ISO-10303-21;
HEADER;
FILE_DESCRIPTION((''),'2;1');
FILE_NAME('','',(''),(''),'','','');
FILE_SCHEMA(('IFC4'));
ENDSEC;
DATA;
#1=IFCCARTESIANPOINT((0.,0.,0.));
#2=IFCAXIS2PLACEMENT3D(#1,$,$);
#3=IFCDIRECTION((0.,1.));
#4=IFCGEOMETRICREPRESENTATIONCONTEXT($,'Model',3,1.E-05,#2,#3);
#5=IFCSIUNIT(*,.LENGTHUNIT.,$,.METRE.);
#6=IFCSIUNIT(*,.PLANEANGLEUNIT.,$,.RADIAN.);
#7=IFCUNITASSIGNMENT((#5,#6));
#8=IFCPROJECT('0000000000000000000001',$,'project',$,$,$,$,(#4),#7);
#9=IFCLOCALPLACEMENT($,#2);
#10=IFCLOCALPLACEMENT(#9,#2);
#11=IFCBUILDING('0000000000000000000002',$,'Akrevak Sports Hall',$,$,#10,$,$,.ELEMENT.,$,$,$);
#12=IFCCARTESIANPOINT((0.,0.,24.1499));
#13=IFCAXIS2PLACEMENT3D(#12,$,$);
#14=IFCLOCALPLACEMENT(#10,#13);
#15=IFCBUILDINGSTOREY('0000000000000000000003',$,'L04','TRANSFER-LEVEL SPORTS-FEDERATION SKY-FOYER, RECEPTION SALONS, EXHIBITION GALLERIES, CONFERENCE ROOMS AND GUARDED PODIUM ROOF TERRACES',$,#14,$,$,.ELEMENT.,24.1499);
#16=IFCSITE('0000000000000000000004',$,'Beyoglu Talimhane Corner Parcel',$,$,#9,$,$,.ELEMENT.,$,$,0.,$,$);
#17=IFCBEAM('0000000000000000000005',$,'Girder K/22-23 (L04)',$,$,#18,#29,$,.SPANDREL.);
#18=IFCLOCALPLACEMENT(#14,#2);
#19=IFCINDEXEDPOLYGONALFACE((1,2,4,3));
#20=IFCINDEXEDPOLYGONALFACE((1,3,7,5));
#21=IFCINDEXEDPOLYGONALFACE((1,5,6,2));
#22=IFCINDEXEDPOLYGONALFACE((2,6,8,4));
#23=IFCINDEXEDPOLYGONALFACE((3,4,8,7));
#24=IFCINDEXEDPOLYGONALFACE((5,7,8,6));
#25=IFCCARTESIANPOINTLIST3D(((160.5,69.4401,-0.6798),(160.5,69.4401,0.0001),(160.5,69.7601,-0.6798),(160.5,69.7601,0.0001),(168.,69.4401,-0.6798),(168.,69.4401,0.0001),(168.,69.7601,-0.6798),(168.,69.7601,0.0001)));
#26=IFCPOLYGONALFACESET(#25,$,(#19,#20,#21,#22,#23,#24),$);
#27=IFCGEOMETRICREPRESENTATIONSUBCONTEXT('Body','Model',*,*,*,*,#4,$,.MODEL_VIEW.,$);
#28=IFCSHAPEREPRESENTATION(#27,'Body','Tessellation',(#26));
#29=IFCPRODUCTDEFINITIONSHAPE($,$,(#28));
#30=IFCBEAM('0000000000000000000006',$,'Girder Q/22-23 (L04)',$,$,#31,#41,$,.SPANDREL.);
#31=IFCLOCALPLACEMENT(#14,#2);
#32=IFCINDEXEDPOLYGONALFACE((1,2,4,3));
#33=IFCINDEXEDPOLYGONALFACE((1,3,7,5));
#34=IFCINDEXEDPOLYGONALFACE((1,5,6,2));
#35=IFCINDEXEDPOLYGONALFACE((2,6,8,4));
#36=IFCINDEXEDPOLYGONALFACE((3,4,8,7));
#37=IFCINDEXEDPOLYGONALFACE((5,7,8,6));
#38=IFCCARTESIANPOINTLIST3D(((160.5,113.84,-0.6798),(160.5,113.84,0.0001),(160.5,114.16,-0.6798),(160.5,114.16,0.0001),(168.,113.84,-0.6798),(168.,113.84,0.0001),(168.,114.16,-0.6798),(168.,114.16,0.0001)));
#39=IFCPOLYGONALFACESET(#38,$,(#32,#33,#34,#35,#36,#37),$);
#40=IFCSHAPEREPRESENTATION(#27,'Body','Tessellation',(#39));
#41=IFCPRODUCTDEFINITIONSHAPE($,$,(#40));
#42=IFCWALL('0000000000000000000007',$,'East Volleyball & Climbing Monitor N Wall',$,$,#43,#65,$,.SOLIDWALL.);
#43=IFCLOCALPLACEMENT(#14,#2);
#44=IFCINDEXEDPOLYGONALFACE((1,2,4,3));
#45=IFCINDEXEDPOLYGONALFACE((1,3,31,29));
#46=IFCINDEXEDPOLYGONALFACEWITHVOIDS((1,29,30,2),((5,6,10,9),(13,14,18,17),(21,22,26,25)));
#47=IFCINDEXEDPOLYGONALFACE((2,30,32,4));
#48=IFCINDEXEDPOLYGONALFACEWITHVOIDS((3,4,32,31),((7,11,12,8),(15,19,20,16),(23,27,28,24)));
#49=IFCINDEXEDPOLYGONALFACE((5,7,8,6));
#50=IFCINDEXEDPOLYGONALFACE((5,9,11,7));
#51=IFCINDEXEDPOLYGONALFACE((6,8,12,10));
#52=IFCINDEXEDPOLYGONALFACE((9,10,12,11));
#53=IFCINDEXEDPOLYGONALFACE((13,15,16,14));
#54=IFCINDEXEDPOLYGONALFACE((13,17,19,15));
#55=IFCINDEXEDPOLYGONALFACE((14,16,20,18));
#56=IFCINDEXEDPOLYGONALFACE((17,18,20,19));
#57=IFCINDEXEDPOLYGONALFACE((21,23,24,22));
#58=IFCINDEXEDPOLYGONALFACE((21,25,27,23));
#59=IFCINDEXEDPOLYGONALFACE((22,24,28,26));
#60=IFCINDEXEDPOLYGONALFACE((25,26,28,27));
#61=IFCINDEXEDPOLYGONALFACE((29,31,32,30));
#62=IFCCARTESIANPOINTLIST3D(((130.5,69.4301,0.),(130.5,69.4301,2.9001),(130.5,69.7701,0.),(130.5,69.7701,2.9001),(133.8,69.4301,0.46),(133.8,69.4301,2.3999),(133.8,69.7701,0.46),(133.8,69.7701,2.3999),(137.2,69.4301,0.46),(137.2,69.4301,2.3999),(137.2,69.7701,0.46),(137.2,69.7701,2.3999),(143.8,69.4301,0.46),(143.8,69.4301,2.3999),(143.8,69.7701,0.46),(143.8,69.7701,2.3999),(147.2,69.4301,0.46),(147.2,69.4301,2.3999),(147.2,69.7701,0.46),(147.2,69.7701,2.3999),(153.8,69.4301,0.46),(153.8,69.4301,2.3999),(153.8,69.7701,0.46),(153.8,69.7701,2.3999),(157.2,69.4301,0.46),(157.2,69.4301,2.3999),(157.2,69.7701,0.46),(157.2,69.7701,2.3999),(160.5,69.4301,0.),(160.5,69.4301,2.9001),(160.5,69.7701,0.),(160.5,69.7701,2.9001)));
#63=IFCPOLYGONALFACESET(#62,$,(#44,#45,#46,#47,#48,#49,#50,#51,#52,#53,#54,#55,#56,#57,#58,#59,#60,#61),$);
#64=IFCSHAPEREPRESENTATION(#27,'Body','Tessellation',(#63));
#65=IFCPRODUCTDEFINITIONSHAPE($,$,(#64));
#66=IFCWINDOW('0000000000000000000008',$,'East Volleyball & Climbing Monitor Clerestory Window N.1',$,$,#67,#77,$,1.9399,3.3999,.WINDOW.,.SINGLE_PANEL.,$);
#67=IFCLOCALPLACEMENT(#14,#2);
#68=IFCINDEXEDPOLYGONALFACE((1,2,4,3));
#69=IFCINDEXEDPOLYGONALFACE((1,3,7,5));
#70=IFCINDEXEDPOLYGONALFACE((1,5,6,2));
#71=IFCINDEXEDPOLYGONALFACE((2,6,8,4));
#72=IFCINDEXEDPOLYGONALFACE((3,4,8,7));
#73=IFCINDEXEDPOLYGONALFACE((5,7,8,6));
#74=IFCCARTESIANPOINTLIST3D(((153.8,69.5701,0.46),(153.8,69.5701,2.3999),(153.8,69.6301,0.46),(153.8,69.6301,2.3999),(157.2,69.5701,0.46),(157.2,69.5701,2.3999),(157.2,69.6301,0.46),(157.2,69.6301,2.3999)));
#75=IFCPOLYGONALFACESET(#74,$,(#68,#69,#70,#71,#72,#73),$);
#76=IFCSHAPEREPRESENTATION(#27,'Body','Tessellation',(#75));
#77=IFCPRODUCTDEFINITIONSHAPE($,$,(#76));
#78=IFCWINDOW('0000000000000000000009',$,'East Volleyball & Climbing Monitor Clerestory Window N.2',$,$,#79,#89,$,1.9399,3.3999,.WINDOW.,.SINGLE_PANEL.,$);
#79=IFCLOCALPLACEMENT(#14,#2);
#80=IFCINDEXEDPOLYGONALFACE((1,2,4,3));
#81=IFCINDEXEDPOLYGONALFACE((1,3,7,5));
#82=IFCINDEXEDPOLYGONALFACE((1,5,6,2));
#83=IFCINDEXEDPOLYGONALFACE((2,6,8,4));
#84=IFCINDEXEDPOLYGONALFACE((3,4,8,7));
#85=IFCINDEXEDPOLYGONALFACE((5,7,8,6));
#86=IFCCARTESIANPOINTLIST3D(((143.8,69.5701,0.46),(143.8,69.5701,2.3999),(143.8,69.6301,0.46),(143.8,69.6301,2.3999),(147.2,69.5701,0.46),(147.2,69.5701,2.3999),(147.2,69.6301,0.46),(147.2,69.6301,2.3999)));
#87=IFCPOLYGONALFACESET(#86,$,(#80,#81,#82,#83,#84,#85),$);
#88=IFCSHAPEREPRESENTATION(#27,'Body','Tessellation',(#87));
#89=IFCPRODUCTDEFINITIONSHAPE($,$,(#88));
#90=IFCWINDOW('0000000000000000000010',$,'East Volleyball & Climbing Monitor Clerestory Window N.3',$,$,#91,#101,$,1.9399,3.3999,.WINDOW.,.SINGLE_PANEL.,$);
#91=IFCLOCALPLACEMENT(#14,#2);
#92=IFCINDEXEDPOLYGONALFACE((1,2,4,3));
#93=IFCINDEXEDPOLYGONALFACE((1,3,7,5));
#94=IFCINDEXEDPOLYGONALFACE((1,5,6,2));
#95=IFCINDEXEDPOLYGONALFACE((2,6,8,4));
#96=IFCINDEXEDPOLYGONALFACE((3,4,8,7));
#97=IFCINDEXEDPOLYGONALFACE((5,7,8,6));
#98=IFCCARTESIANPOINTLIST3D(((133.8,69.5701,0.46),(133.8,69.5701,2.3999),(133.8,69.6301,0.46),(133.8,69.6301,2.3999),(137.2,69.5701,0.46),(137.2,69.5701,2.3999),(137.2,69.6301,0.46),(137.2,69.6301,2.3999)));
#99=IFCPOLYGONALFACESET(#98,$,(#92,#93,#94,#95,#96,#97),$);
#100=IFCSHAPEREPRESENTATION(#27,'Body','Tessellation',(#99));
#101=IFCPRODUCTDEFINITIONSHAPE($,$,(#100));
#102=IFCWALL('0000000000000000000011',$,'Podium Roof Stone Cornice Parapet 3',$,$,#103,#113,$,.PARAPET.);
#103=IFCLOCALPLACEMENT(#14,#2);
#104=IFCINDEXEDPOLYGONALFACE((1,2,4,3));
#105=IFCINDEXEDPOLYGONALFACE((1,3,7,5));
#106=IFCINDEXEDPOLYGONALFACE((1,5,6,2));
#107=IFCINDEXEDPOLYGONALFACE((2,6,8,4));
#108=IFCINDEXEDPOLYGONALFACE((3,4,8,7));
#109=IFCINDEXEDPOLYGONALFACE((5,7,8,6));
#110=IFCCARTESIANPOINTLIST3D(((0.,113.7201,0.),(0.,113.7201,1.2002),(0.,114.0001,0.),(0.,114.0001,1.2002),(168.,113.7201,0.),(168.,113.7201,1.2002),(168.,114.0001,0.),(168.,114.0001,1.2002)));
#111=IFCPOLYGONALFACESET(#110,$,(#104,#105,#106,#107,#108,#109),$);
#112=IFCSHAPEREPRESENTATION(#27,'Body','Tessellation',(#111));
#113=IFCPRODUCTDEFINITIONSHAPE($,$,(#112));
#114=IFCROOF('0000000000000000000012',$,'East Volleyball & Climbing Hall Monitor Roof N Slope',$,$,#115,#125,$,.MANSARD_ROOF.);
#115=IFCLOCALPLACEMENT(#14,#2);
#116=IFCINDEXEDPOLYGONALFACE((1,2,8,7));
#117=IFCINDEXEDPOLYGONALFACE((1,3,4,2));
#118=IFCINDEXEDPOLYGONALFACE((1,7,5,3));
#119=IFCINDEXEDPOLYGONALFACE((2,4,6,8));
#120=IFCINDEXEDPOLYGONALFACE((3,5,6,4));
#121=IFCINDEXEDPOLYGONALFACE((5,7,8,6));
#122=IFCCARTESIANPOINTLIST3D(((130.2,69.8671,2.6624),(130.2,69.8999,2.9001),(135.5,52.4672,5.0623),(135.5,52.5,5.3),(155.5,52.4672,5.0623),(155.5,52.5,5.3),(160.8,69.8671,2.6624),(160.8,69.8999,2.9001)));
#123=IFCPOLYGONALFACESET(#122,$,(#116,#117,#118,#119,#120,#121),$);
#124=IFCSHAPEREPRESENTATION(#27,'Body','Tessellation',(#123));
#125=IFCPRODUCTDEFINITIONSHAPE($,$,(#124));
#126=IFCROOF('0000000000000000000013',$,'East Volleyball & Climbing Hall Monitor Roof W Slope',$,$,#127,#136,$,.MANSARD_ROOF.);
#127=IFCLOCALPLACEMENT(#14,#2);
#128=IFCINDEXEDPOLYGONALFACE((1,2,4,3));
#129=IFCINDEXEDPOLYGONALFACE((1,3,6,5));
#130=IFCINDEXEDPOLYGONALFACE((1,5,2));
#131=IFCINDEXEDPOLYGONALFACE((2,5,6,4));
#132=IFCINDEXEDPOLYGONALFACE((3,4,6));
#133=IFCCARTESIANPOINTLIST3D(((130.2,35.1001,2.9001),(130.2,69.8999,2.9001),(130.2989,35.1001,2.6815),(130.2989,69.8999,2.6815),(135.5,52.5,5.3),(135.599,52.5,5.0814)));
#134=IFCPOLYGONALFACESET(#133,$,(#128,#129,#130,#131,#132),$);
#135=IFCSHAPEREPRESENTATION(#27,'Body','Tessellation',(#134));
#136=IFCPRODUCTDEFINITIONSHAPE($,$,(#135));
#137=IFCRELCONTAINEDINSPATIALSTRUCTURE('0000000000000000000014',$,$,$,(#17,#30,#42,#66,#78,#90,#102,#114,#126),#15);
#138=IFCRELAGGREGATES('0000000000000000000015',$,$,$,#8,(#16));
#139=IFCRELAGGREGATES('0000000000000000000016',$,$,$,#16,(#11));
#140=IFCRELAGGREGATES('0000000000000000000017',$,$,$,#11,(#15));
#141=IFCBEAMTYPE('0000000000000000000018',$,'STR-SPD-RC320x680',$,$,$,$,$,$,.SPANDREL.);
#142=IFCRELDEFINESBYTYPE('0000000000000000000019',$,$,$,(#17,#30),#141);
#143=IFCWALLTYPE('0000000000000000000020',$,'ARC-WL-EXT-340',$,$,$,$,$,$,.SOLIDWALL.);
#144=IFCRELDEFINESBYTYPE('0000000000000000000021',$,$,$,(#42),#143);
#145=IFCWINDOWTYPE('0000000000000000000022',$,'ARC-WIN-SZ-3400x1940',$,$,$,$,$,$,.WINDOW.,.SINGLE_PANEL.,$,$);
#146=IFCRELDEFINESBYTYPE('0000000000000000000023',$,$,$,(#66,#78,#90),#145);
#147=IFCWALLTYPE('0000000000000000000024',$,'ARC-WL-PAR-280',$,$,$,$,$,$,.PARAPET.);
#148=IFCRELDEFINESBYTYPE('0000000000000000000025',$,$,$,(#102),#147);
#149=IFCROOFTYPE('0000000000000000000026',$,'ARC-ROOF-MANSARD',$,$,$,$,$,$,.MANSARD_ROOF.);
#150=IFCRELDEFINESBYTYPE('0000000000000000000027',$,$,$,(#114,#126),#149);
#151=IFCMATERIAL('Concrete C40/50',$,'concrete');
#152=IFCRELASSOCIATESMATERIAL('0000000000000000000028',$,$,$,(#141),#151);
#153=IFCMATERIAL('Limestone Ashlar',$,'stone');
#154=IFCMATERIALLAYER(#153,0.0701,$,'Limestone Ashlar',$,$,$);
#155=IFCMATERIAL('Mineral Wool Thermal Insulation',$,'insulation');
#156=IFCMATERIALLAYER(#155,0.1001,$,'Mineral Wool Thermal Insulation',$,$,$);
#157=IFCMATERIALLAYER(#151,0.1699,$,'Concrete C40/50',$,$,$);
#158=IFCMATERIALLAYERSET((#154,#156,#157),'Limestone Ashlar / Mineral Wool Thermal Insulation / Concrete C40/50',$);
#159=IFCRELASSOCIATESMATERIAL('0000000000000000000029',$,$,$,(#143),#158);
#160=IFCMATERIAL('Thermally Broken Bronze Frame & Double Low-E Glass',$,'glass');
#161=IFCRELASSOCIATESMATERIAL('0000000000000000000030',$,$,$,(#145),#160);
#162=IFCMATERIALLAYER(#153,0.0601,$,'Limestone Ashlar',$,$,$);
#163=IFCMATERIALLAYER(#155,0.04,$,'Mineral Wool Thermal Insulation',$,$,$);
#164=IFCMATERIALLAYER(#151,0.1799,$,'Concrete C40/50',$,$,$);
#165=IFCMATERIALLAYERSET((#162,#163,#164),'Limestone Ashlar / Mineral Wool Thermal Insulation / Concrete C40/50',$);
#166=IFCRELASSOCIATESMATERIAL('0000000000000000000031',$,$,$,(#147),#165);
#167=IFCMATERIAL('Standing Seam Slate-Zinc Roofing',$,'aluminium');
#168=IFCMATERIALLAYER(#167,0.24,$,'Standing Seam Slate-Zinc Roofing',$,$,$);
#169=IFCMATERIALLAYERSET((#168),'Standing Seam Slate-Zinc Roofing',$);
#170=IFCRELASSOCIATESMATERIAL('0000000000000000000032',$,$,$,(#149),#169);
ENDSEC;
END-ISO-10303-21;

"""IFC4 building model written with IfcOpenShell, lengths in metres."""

from ifc_helpers import new_model, si_unit, direction, frame, frame_2d, origin, origin_2d, place, context, subcontext, project, spatial, polyline, rectangle, outline, extrude, material, layer, layer_set, material_profile, profile_set, type_object, element, fill, save


model = new_model("IFC4")

# Units and contexts
model_context = context("Model", 3, precision=1e-05, world=origin(), true_north=direction((0.0, 1.0)))
body_context = subcontext(model_context, "Body", "Model", "MODEL_VIEW")
ifc_project = project(units=[si_unit("LENGTHUNIT", "METRE"), si_unit("PLANEANGLEUNIT", "RADIAN")], contexts=[model_context])

# Site, building, storey
site_placement = place(None, origin())
site = spatial("IfcSite", under=ifc_project, at=site_placement, Name="Beyoglu Talimhane Corner Parcel", CompositionType="ELEMENT", RefElevation=0.0)
building_placement = place(site_placement, origin())
building = spatial("IfcBuilding", under=site, at=building_placement, Name="Akrevak Sports Hall", CompositionType="ELEMENT")
storey_placement = place(building_placement, frame((0.0, 0.0, 24.1499)))
storey = spatial("IfcBuildingStorey", under=building, at=storey_placement, Name="L04", Description="TRANSFER-LEVEL SPORTS-FEDERATION SKY-FOYER, RECEPTION SALONS, EXHIBITION GALLERIES, CONFERENCE ROOMS AND GUARDED PODIUM ROOF TERRACES", CompositionType="ELEMENT", Elevation=24.1499)

# Beams
ifc_material_1 = material(Name="Concrete C40/50", Category="concrete")
ifc_material_profile_1 = material_profile(ifc_material_1, rectangle(XDim=0.3201, YDim=0.6799, at=origin_2d()), Name="SPD 320x680", Category="concrete")
ifc_profile_set_1 = profile_set([ifc_material_profile_1], Name="Concrete C40/50")
beam_type_1 = type_object("IfcBeamType", Name="STR-SPD-RC320x680", PredefinedType="SPANDREL", material=ifc_profile_set_1)
for number, where, z_axis, x_axis, name in (
    (1, (160.5, 69.6001, -0.3398), (1.0, 0.0, 0.0), (0.0, 1.0, 0.0), "Girder K/22-23 (L04)"),
    (2, (160.5, 114.0, -0.3398), (1.0, 0.0, 0.0), (0.0, 1.0, 0.0), "Girder Q/22-23 (L04)"),
):
    element("IfcBeam", number, at=place(storey_placement, frame(where, z_axis=z_axis, x_axis=x_axis)), inside=storey, type_object=beam_type_1, Name=name, PredefinedType="SPANDREL", context=body_context, shape_type="SweptSolid", body=[
        extrude(rectangle(XDim=0.3201, YDim=0.6799, at=origin_2d()), origin(), (0.0, 0.0, 1.0), 7.5),
    ])

# Wall, openings, windows
ifc_material_2 = material(Name="Limestone Ashlar", Category="stone")
ifc_layer_1 = layer(ifc_material_2, 0.0701, Name="Limestone Ashlar")
ifc_material_3 = material(Name="Mineral Wool Thermal Insulation", Category="insulation")
ifc_layer_2 = layer(ifc_material_3, 0.1001, Name="Mineral Wool Thermal Insulation")
ifc_layer_3 = layer(ifc_material_1, 0.1699, Name="Concrete C40/50")
ifc_layer_set_1 = layer_set([ifc_layer_1, ifc_layer_2, ifc_layer_3], Name="Limestone Ashlar / Mineral Wool Thermal Insulation / Concrete C40/50")
wall_type_1 = type_object("IfcWallType", Name="ARC-WL-EXT-340", PredefinedType="SOLIDWALL", material=ifc_layer_set_1)
wall_1_placement = place(storey_placement, frame((160.5, 69.6001, 0.0), z_axis=(0.0, 0.0, 1.0), x_axis=(-1.0, 0.0, 0.0)))
wall_1 = element("IfcWall", 3, at=wall_1_placement, inside=storey, type_object=wall_type_1, Name="East Volleyball & Climbing Monitor N Wall", PredefinedType="SOLIDWALL", context=body_context, shape_type="SweptSolid", body=[
    extrude(rectangle(XDim=30.0, YDim=0.3401, at=frame_2d((15.0, 0.0))), origin(), (0.0, 0.0, 1.0), 2.9001),
])
opening_1_placement = place(wall_1_placement, frame((3.3, 0.0, 0.46)))
opening_1 = element("IfcOpeningElement", 4, at=opening_1_placement, cuts=wall_1, PredefinedType="OPENING", context=body_context, shape_type="SweptSolid", body=[
    extrude(rectangle(XDim=3.3999, YDim=1.9399, at=frame_2d((1.7, 0.97))), frame((0.0, 0.1821, 0.0), z_axis=(0.0, -1.0, 0.0), x_axis=(1.0, 0.0, 0.0)), (0.0, 0.0, 1.0), 0.364),
])
opening_2_placement = place(wall_1_placement, frame((13.3, 0.0, 0.46)))
opening_2 = element("IfcOpeningElement", 5, at=opening_2_placement, cuts=wall_1, PredefinedType="OPENING", context=body_context, shape_type="SweptSolid", body=[
    extrude(rectangle(XDim=3.3999, YDim=1.9399, at=frame_2d((1.7, 0.97))), frame((0.0, 0.1821, 0.0), z_axis=(0.0, -1.0, 0.0), x_axis=(1.0, 0.0, 0.0)), (0.0, 0.0, 1.0), 0.364),
])
opening_3_placement = place(wall_1_placement, frame((23.3, 0.0, 0.46)))
opening_3 = element("IfcOpeningElement", 6, at=opening_3_placement, cuts=wall_1, PredefinedType="OPENING", context=body_context, shape_type="SweptSolid", body=[
    extrude(rectangle(XDim=3.3999, YDim=1.9399, at=frame_2d((1.7, 0.97))), frame((0.0, 0.1821, 0.0), z_axis=(0.0, -1.0, 0.0), x_axis=(1.0, 0.0, 0.0)), (0.0, 0.0, 1.0), 0.364),
])
ifc_material_4 = material(Name="Thermally Broken Bronze Frame & Double Low-E Glass", Category="glass")
window_type = type_object("IfcWindowType", Name="ARC-WIN-SZ-3400x1940", PartitioningType="SINGLE_PANEL", PredefinedType="WINDOW", material=ifc_material_4)
window_1_placement = place(opening_1_placement, origin())
window_1 = element("IfcWindow", 7, at=window_1_placement, inside=storey, type_object=window_type, Name="East Volleyball & Climbing Monitor Clerestory Window N.1", OverallHeight=1.9399, OverallWidth=3.3999, PartitioningType="SINGLE_PANEL", PredefinedType="WINDOW", context=body_context, shape_type="SweptSolid", body=[
    extrude(rectangle(XDim=3.3999, YDim=1.9399, at=frame_2d((1.7, 0.97))), frame((0.0, 0.03, 0.0), z_axis=(0.0, -1.0, 0.0), x_axis=(1.0, 0.0, 0.0)), (0.0, 0.0, 1.0), 0.0601),
])
fill(opening_1, window_1)
window_2_placement = place(opening_2_placement, origin())
window_2 = element("IfcWindow", 8, at=window_2_placement, inside=storey, type_object=window_type, Name="East Volleyball & Climbing Monitor Clerestory Window N.2", OverallHeight=1.9399, OverallWidth=3.3999, PartitioningType="SINGLE_PANEL", PredefinedType="WINDOW", context=body_context, shape_type="SweptSolid", body=[
    extrude(rectangle(XDim=3.3999, YDim=1.9399, at=frame_2d((1.7, 0.97))), frame((0.0, 0.03, 0.0), z_axis=(0.0, -1.0, 0.0), x_axis=(1.0, 0.0, 0.0)), (0.0, 0.0, 1.0), 0.0601),
])
fill(opening_2, window_2)
window_3_placement = place(opening_3_placement, origin())
window_3 = element("IfcWindow", 9, at=window_3_placement, inside=storey, type_object=window_type, Name="East Volleyball & Climbing Monitor Clerestory Window N.3", OverallHeight=1.9399, OverallWidth=3.3999, PartitioningType="SINGLE_PANEL", PredefinedType="WINDOW", context=body_context, shape_type="SweptSolid", body=[
    extrude(rectangle(XDim=3.3999, YDim=1.9399, at=frame_2d((1.7, 0.97))), frame((0.0, 0.03, 0.0), z_axis=(0.0, -1.0, 0.0), x_axis=(1.0, 0.0, 0.0)), (0.0, 0.0, 1.0), 0.0601),
])
fill(opening_3, window_3)

# Wall
ifc_layer_4 = layer(ifc_material_2, 0.0601, Name="Limestone Ashlar")
ifc_layer_5 = layer(ifc_material_3, 0.04, Name="Mineral Wool Thermal Insulation")
ifc_layer_6 = layer(ifc_material_1, 0.1799, Name="Concrete C40/50")
ifc_layer_set_2 = layer_set([ifc_layer_4, ifc_layer_5, ifc_layer_6], Name="Limestone Ashlar / Mineral Wool Thermal Insulation / Concrete C40/50")
wall_type_2 = type_object("IfcWallType", Name="ARC-WL-PAR-280", PredefinedType="PARAPET", material=ifc_layer_set_2)
wall_2_placement = place(storey_placement, frame((168.0, 113.8601, 0.0), z_axis=(0.0, 0.0, 1.0), x_axis=(-1.0, 0.0, 0.0)))
element("IfcWall", 10, at=wall_2_placement, inside=storey, type_object=wall_type_2, Name="Podium Roof Stone Cornice Parapet 3", PredefinedType="PARAPET", context=body_context, shape_type="SweptSolid", body=[
    extrude(rectangle(XDim=168.0, YDim=0.28, at=frame_2d((84.0, 0.0))), origin(), (0.0, 0.0, 1.0), 1.2002),
])

# Roofs
ifc_material_5 = material(Name="Standing Seam Slate-Zinc Roofing", Category="aluminium")
ifc_layer_7 = layer(ifc_material_5, 0.24, Name="Standing Seam Slate-Zinc Roofing")
ifc_layer_set_3 = layer_set([ifc_layer_7], Name="Standing Seam Slate-Zinc Roofing")
roof_type = type_object("IfcRoofType", Name="ARC-ROOF-MANSARD", PredefinedType="MANSARD_ROOF", material=ifc_layer_set_3)
roof_1_placement = place(storey_placement, frame((160.8, 69.8999, 2.9001), z_axis=(0.0, 0.136633, 0.990622), x_axis=(-1.0, 0.0, 0.0)))
element("IfcRoof", 11, at=roof_1_placement, inside=storey, type_object=roof_type, Name="East Volleyball & Climbing Hall Monitor Roof N Slope", PredefinedType="MANSARD_ROOF", context=body_context, shape_type="SweptSolid", body=[
    extrude(outline(polyline([(0.0, 0.0), (30.6001, 0.0), (25.3, 17.5646), (5.3, 17.5646), (0.0, 0.0)])), origin(), (0.0, 0.0, -1.0), 0.24),
])
roof_2_placement = place(storey_placement, frame((130.2, 69.8999, 2.9001), z_axis=(-0.41249, 0.0, 0.910962), x_axis=(0.0, -1.0, 0.0)))
element("IfcRoof", 12, at=roof_2_placement, inside=storey, type_object=roof_type, Name="East Volleyball & Climbing Hall Monitor Roof W Slope", PredefinedType="MANSARD_ROOF", context=body_context, shape_type="SweptSolid", body=[
    extrude(outline(polyline([(0.0, 0.0), (34.7998, 0.0), (17.3999, 5.8181), (0.0, 0.0)])), origin(), (0.0, 0.0, -1.0), 0.24),
])

save(model, "model.ifc")
